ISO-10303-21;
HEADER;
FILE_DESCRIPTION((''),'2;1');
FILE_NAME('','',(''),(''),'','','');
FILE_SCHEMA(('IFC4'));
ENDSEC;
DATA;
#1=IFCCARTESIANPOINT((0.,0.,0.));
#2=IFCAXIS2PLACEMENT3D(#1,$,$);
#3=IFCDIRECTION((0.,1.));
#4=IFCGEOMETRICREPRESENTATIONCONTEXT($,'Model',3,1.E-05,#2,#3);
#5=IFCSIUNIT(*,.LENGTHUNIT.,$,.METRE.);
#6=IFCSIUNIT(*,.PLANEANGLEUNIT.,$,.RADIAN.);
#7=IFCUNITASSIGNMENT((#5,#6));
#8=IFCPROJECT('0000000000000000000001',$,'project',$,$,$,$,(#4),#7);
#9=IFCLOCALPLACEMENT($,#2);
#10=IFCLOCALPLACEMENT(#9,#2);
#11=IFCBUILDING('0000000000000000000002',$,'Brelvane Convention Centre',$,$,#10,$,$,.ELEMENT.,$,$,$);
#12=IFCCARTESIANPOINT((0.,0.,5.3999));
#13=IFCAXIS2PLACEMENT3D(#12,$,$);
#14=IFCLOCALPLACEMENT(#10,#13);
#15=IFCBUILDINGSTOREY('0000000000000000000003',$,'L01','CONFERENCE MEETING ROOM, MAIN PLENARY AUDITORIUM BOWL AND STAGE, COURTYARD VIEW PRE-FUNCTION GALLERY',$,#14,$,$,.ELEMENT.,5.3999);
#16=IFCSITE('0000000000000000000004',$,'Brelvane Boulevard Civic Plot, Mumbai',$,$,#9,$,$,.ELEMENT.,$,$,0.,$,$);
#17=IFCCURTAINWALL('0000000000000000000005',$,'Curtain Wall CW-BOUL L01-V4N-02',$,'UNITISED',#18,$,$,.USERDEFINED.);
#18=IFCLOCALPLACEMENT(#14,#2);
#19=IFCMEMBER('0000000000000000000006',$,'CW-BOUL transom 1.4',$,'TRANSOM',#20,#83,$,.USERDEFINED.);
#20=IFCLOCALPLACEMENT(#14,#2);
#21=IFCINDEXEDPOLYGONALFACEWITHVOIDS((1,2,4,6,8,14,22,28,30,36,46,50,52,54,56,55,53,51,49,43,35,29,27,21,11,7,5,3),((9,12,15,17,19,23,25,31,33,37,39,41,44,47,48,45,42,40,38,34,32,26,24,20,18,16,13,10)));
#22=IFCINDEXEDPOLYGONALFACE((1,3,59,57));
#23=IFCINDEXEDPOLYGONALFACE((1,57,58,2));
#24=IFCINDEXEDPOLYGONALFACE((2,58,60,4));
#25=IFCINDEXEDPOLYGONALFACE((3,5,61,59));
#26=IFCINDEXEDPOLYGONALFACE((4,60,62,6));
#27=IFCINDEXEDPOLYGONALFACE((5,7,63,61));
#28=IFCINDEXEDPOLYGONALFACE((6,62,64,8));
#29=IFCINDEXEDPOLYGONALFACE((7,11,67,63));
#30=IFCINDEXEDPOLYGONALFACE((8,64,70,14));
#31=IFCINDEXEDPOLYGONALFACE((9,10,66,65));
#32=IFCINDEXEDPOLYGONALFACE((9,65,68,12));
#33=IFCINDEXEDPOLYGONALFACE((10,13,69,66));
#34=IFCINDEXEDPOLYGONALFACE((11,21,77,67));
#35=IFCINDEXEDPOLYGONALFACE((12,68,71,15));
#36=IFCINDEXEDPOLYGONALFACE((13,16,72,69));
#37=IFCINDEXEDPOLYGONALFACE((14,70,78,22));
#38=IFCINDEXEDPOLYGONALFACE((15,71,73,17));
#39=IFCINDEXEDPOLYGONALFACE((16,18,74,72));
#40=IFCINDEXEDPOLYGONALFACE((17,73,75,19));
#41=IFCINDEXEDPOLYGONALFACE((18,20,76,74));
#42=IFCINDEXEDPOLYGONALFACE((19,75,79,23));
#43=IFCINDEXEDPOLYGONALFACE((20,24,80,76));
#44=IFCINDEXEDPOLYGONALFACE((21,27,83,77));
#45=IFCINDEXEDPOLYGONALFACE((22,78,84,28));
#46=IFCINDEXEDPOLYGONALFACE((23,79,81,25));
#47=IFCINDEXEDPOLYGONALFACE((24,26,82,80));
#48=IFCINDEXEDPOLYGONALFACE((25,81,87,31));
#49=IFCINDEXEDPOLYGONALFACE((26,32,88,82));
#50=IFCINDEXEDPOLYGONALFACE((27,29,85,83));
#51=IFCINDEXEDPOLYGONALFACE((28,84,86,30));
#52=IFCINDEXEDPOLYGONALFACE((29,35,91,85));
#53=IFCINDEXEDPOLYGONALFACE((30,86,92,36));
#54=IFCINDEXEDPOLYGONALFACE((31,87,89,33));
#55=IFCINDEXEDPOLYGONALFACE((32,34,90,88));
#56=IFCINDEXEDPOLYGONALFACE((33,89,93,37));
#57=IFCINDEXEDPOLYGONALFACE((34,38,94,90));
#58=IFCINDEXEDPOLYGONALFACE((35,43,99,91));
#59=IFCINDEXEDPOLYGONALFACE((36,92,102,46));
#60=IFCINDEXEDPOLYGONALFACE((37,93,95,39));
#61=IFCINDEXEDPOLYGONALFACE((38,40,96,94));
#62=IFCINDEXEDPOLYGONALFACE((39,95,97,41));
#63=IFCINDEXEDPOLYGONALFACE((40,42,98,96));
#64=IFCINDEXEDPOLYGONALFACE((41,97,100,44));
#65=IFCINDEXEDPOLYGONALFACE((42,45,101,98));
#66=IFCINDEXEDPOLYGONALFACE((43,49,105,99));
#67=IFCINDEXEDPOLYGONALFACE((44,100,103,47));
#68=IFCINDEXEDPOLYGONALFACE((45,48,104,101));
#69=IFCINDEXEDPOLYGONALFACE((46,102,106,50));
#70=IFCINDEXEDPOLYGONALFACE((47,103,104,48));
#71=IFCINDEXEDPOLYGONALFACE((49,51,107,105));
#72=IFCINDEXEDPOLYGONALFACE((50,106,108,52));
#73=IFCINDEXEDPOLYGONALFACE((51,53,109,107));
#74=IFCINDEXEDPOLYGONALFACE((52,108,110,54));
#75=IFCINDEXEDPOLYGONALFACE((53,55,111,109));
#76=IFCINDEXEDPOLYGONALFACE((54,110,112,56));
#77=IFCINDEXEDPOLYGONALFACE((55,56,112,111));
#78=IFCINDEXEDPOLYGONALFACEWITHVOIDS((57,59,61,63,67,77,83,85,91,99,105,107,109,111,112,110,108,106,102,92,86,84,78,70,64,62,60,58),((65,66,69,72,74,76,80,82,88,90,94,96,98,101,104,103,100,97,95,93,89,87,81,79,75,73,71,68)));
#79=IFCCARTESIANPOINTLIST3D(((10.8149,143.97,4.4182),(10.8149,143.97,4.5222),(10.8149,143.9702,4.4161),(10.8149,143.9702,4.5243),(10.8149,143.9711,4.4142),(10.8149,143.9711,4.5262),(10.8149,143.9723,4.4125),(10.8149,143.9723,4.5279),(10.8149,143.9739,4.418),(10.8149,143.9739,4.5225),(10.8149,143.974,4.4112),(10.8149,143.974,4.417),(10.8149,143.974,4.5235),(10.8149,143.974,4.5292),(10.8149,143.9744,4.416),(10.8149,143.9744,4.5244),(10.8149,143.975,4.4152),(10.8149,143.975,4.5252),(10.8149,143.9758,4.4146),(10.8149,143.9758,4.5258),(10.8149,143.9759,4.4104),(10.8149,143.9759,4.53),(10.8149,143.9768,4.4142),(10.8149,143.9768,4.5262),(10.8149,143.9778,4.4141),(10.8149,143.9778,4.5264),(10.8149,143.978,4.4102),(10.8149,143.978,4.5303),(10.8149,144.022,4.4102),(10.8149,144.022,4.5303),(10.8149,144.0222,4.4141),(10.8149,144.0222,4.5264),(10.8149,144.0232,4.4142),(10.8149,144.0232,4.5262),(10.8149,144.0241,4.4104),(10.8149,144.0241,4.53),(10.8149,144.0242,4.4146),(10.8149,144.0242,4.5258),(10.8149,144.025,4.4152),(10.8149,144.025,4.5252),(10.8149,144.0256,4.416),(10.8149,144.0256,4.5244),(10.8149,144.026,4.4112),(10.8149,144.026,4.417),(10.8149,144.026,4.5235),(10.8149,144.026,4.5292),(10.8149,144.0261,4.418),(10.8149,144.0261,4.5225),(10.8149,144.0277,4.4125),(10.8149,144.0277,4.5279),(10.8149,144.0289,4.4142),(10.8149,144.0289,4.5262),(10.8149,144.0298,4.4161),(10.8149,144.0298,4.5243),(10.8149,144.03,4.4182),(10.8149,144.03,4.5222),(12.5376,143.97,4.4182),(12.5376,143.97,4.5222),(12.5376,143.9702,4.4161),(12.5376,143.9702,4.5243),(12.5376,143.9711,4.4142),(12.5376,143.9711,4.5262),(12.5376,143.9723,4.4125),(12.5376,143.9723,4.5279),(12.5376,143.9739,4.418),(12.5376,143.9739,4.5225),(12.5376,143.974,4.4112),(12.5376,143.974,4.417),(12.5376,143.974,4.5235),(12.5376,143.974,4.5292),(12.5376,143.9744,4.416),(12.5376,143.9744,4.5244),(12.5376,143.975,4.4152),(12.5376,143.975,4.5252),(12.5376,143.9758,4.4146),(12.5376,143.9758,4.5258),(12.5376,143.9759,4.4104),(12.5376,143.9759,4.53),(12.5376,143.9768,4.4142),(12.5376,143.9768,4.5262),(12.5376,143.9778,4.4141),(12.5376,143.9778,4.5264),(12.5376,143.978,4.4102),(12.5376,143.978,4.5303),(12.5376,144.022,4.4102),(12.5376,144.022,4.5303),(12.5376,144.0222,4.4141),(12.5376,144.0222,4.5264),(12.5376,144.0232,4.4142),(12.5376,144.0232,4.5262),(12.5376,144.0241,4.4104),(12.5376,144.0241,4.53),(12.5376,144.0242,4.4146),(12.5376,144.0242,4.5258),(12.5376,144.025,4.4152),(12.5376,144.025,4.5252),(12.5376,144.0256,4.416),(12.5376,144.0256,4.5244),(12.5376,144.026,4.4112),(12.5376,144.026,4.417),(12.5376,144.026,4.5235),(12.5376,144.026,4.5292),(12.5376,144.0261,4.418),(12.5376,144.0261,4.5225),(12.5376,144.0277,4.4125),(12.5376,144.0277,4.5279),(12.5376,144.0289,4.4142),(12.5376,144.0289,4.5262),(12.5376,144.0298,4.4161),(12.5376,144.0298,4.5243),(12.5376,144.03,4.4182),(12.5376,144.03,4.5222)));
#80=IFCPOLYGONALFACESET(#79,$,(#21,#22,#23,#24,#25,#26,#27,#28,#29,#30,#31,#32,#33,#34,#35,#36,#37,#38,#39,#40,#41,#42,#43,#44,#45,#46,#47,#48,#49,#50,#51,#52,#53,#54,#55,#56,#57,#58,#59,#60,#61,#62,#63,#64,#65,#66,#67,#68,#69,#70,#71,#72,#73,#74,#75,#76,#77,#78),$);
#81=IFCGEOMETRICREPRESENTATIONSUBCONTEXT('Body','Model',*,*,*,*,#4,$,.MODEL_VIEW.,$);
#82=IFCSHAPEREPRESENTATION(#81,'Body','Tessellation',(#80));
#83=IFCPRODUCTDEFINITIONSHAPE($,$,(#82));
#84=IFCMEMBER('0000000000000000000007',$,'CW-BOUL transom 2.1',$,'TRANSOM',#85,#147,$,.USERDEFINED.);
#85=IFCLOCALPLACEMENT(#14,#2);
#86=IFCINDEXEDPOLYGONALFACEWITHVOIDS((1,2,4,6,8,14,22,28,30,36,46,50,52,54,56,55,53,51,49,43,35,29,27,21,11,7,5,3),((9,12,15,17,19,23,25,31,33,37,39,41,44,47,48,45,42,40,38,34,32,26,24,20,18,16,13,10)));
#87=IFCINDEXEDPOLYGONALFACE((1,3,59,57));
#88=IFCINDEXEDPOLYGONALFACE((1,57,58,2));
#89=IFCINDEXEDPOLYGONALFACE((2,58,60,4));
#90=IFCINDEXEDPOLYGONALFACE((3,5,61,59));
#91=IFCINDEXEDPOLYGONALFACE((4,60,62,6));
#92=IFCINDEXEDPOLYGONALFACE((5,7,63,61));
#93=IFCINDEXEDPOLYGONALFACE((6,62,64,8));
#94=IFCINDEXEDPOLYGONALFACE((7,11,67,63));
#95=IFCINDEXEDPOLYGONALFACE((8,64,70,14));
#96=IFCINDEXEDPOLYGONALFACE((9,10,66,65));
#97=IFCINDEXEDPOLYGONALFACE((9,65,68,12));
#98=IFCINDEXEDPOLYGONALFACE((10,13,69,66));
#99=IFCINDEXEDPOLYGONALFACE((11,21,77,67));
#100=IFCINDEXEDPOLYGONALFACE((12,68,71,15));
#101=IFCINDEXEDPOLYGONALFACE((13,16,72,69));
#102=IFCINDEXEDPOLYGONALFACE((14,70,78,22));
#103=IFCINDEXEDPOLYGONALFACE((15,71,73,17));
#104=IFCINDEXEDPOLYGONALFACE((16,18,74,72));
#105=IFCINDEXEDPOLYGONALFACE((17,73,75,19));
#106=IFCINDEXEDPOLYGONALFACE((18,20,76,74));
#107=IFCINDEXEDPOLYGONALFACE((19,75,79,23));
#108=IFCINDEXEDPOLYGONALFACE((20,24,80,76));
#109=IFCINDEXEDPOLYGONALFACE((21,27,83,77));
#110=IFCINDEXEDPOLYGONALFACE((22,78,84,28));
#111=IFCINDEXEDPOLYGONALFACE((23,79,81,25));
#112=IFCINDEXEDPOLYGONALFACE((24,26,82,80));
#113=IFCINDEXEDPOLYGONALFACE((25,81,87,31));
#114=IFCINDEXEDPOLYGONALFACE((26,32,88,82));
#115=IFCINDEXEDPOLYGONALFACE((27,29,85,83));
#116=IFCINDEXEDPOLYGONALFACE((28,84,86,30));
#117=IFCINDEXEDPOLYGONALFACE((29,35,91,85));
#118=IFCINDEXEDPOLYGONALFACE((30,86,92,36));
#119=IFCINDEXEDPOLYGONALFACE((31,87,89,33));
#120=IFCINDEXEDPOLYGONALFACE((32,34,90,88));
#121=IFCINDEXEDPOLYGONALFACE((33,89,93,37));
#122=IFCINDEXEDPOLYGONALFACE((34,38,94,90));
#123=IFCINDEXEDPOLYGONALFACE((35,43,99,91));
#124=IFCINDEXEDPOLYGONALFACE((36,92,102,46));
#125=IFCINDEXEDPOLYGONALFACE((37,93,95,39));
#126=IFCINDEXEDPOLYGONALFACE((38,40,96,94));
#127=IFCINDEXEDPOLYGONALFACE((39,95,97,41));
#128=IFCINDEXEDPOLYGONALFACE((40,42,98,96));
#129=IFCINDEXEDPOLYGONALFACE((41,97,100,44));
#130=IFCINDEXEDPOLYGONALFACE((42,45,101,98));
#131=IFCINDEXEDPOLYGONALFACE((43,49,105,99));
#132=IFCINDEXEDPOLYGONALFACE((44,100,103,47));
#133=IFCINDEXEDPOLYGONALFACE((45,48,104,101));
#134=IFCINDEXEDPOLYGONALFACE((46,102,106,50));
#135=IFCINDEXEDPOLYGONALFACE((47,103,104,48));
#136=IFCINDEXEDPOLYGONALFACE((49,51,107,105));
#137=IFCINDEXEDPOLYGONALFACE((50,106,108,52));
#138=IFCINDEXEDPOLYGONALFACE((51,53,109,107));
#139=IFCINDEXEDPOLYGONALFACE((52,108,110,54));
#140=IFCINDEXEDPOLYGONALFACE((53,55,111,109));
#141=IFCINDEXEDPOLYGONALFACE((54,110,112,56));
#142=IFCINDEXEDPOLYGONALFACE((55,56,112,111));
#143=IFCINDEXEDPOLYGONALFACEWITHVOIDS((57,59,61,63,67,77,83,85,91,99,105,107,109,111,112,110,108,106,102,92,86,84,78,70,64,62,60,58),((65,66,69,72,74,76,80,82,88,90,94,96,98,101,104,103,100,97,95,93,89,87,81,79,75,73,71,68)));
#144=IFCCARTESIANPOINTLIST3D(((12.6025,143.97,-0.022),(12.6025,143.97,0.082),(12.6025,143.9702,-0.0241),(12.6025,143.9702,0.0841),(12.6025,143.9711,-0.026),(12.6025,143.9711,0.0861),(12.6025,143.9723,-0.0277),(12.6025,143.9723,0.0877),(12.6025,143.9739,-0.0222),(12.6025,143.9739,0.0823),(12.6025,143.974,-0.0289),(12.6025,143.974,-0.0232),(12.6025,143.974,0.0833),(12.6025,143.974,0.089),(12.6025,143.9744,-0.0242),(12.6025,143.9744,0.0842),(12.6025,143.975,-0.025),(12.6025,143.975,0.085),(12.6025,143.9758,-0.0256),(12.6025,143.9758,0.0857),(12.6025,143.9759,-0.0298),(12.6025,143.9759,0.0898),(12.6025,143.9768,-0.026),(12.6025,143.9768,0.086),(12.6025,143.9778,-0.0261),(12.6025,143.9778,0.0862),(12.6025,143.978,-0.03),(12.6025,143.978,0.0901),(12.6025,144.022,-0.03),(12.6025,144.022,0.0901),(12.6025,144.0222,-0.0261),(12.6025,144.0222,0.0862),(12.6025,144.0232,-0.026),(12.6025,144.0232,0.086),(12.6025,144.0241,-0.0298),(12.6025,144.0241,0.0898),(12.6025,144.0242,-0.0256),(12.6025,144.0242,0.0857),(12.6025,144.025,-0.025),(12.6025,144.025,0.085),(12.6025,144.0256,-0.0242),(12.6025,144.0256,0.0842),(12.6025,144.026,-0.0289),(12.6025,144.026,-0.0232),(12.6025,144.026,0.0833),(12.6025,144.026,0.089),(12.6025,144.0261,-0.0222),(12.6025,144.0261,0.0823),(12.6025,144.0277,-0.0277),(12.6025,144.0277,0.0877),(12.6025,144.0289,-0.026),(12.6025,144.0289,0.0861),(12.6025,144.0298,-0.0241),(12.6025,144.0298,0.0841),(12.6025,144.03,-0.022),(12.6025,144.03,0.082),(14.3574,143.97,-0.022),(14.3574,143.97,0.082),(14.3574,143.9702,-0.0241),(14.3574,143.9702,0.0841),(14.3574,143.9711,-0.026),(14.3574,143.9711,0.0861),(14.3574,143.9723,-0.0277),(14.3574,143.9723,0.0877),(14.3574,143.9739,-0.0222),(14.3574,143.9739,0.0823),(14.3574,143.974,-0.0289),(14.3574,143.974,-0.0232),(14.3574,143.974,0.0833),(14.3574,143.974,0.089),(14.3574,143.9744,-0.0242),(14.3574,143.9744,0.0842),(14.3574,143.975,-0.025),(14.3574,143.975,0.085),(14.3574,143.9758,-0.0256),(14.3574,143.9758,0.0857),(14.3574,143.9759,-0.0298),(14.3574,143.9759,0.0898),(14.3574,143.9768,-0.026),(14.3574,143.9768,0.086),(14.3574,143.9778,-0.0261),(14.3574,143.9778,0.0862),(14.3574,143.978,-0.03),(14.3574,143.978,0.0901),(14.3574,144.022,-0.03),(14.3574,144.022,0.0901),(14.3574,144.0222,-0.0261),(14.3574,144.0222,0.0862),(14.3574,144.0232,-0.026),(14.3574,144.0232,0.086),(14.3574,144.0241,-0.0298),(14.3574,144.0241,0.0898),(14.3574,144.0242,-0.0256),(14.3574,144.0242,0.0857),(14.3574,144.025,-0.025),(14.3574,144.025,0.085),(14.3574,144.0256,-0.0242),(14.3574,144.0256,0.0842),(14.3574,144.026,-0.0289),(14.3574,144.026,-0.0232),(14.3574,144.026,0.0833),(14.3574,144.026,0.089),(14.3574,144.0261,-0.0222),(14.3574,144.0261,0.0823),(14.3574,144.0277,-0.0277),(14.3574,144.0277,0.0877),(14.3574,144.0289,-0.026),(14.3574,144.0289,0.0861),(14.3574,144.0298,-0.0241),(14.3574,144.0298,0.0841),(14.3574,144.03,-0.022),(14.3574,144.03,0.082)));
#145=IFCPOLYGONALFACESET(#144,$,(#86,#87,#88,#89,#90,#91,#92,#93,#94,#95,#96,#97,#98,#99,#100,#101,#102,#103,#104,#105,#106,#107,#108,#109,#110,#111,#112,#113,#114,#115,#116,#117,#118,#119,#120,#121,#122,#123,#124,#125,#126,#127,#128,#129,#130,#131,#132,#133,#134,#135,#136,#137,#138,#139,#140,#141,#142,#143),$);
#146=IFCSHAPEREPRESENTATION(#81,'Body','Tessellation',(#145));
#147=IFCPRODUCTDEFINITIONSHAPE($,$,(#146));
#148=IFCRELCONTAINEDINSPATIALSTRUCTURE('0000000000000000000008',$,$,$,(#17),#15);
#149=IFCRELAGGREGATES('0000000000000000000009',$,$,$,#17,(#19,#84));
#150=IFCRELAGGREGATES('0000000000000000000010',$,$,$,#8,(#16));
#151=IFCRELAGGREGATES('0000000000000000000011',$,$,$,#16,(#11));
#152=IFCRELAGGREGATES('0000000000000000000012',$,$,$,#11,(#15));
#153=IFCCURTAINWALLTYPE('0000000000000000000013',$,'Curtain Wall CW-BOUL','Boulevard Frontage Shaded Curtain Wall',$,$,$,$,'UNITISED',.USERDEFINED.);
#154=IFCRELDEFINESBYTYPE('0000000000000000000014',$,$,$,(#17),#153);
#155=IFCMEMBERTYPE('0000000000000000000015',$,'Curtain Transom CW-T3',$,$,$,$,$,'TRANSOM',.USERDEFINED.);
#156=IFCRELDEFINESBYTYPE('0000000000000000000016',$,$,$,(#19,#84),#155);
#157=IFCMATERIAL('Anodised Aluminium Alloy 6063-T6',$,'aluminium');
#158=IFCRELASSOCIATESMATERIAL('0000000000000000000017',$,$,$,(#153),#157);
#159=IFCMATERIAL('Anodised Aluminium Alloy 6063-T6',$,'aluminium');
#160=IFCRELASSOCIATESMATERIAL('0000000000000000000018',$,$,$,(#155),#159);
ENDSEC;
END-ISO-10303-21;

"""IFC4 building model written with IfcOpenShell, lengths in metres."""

from ifc_helpers import new_model, si_unit, direction, frame, origin, origin_2d, place, context, subcontext, project, spatial, hollow_rectangle, extrude, material, material_profile, profile_set, type_object, element, aggregate, save


model = new_model("IFC4")

# Units and contexts
model_context = context("Model", 3, precision=1e-05, world=origin(), true_north=direction((0.0, 1.0)))
body_context = subcontext(model_context, "Body", "Model", "MODEL_VIEW")
ifc_project = project(units=[si_unit("LENGTHUNIT", "METRE"), si_unit("PLANEANGLEUNIT", "RADIAN")], contexts=[model_context])

# Site, building, storey
site_placement = place(None, origin())
site = spatial("IfcSite", under=ifc_project, at=site_placement, Name="Brelvane Boulevard Civic Plot, Mumbai", CompositionType="ELEMENT", RefElevation=0.0)
building_placement = place(site_placement, origin())
building = spatial("IfcBuilding", under=site, at=building_placement, Name="Brelvane Convention Centre", CompositionType="ELEMENT")
storey_placement = place(building_placement, frame((0.0, 0.0, 5.3999)))
storey = spatial("IfcBuildingStorey", under=building, at=storey_placement, Name="L01", Description="CONFERENCE MEETING ROOM, MAIN PLENARY AUDITORIUM BOWL AND STAGE, COURTYARD VIEW PRE-FUNCTION GALLERY", CompositionType="ELEMENT", Elevation=5.3999)

# Curtain wall, members
ifc_material_1 = material(Name="Anodised Aluminium Alloy 6063-T6", Category="aluminium")
curtain_wall_type = type_object("IfcCurtainWallType", Name="Curtain Wall CW-BOUL", Description="Boulevard Frontage Shaded Curtain Wall", ElementType="UNITISED", PredefinedType="USERDEFINED", material=ifc_material_1)
curtain_wall_placement = place(storey_placement, origin())
curtain_wall = element("IfcCurtainWall", 1, at=curtain_wall_placement, inside=storey, type_object=curtain_wall_type, Name="Curtain Wall CW-BOUL L01-V4N-02", ObjectType="UNITISED", PredefinedType="USERDEFINED")
ifc_material_2 = material(Name="Anodised Aluminium Alloy 6063-T6", Category="aluminium")
ifc_material_profile_1 = material_profile(ifc_material_2, hollow_rectangle(XDim=0.0601, YDim=0.1201, WallThickness=0.0039, InnerFilletRadius=0.0039, OuterFilletRadius=0.0081, at=origin_2d()), Name="ALU-T 120x60x4.0")
ifc_profile_set_1 = profile_set([ifc_material_profile_1], Name="Anodised Aluminium Alloy 6063-T6")
member_type_1 = type_object("IfcMemberType", Name="Curtain Transom CW-T3", ElementType="TRANSOM", PredefinedType="USERDEFINED", material=ifc_profile_set_1)
member_1_placement = place(storey_placement, frame((10.8149, 144.0, 4.4702), z_axis=(1.0, 0.0, 0.0), x_axis=(0.0, 1.0, 0.0)))
member_1 = element("IfcMember", 2, at=member_1_placement, type_object=member_type_1, Name="CW-BOUL transom 1.4", ObjectType="TRANSOM", PredefinedType="USERDEFINED", context=body_context, shape_type="SweptSolid", body=[
    extrude(hollow_rectangle(XDim=0.0601, YDim=0.1201, WallThickness=0.0039, InnerFilletRadius=0.0039, OuterFilletRadius=0.0081, at=origin_2d()), origin(), (0.0, 0.0, 1.0), 1.7227),
])
member_2_placement = place(storey_placement, frame((12.6025, 144.0, 0.03), z_axis=(1.0, 0.0, 0.0), x_axis=(0.0, 1.0, 0.0)))
member_2 = element("IfcMember", 3, at=member_2_placement, type_object=member_type_1, Name="CW-BOUL transom 2.1", ObjectType="TRANSOM", PredefinedType="USERDEFINED", context=body_context, shape_type="SweptSolid", body=[
    extrude(hollow_rectangle(XDim=0.0601, YDim=0.1201, WallThickness=0.0039, InnerFilletRadius=0.0039, OuterFilletRadius=0.0081, at=origin_2d()), origin(), (0.0, 0.0, 1.0), 1.7549),
])

aggregate(curtain_wall, [member_1, member_2])

save(model, "model.ifc")
